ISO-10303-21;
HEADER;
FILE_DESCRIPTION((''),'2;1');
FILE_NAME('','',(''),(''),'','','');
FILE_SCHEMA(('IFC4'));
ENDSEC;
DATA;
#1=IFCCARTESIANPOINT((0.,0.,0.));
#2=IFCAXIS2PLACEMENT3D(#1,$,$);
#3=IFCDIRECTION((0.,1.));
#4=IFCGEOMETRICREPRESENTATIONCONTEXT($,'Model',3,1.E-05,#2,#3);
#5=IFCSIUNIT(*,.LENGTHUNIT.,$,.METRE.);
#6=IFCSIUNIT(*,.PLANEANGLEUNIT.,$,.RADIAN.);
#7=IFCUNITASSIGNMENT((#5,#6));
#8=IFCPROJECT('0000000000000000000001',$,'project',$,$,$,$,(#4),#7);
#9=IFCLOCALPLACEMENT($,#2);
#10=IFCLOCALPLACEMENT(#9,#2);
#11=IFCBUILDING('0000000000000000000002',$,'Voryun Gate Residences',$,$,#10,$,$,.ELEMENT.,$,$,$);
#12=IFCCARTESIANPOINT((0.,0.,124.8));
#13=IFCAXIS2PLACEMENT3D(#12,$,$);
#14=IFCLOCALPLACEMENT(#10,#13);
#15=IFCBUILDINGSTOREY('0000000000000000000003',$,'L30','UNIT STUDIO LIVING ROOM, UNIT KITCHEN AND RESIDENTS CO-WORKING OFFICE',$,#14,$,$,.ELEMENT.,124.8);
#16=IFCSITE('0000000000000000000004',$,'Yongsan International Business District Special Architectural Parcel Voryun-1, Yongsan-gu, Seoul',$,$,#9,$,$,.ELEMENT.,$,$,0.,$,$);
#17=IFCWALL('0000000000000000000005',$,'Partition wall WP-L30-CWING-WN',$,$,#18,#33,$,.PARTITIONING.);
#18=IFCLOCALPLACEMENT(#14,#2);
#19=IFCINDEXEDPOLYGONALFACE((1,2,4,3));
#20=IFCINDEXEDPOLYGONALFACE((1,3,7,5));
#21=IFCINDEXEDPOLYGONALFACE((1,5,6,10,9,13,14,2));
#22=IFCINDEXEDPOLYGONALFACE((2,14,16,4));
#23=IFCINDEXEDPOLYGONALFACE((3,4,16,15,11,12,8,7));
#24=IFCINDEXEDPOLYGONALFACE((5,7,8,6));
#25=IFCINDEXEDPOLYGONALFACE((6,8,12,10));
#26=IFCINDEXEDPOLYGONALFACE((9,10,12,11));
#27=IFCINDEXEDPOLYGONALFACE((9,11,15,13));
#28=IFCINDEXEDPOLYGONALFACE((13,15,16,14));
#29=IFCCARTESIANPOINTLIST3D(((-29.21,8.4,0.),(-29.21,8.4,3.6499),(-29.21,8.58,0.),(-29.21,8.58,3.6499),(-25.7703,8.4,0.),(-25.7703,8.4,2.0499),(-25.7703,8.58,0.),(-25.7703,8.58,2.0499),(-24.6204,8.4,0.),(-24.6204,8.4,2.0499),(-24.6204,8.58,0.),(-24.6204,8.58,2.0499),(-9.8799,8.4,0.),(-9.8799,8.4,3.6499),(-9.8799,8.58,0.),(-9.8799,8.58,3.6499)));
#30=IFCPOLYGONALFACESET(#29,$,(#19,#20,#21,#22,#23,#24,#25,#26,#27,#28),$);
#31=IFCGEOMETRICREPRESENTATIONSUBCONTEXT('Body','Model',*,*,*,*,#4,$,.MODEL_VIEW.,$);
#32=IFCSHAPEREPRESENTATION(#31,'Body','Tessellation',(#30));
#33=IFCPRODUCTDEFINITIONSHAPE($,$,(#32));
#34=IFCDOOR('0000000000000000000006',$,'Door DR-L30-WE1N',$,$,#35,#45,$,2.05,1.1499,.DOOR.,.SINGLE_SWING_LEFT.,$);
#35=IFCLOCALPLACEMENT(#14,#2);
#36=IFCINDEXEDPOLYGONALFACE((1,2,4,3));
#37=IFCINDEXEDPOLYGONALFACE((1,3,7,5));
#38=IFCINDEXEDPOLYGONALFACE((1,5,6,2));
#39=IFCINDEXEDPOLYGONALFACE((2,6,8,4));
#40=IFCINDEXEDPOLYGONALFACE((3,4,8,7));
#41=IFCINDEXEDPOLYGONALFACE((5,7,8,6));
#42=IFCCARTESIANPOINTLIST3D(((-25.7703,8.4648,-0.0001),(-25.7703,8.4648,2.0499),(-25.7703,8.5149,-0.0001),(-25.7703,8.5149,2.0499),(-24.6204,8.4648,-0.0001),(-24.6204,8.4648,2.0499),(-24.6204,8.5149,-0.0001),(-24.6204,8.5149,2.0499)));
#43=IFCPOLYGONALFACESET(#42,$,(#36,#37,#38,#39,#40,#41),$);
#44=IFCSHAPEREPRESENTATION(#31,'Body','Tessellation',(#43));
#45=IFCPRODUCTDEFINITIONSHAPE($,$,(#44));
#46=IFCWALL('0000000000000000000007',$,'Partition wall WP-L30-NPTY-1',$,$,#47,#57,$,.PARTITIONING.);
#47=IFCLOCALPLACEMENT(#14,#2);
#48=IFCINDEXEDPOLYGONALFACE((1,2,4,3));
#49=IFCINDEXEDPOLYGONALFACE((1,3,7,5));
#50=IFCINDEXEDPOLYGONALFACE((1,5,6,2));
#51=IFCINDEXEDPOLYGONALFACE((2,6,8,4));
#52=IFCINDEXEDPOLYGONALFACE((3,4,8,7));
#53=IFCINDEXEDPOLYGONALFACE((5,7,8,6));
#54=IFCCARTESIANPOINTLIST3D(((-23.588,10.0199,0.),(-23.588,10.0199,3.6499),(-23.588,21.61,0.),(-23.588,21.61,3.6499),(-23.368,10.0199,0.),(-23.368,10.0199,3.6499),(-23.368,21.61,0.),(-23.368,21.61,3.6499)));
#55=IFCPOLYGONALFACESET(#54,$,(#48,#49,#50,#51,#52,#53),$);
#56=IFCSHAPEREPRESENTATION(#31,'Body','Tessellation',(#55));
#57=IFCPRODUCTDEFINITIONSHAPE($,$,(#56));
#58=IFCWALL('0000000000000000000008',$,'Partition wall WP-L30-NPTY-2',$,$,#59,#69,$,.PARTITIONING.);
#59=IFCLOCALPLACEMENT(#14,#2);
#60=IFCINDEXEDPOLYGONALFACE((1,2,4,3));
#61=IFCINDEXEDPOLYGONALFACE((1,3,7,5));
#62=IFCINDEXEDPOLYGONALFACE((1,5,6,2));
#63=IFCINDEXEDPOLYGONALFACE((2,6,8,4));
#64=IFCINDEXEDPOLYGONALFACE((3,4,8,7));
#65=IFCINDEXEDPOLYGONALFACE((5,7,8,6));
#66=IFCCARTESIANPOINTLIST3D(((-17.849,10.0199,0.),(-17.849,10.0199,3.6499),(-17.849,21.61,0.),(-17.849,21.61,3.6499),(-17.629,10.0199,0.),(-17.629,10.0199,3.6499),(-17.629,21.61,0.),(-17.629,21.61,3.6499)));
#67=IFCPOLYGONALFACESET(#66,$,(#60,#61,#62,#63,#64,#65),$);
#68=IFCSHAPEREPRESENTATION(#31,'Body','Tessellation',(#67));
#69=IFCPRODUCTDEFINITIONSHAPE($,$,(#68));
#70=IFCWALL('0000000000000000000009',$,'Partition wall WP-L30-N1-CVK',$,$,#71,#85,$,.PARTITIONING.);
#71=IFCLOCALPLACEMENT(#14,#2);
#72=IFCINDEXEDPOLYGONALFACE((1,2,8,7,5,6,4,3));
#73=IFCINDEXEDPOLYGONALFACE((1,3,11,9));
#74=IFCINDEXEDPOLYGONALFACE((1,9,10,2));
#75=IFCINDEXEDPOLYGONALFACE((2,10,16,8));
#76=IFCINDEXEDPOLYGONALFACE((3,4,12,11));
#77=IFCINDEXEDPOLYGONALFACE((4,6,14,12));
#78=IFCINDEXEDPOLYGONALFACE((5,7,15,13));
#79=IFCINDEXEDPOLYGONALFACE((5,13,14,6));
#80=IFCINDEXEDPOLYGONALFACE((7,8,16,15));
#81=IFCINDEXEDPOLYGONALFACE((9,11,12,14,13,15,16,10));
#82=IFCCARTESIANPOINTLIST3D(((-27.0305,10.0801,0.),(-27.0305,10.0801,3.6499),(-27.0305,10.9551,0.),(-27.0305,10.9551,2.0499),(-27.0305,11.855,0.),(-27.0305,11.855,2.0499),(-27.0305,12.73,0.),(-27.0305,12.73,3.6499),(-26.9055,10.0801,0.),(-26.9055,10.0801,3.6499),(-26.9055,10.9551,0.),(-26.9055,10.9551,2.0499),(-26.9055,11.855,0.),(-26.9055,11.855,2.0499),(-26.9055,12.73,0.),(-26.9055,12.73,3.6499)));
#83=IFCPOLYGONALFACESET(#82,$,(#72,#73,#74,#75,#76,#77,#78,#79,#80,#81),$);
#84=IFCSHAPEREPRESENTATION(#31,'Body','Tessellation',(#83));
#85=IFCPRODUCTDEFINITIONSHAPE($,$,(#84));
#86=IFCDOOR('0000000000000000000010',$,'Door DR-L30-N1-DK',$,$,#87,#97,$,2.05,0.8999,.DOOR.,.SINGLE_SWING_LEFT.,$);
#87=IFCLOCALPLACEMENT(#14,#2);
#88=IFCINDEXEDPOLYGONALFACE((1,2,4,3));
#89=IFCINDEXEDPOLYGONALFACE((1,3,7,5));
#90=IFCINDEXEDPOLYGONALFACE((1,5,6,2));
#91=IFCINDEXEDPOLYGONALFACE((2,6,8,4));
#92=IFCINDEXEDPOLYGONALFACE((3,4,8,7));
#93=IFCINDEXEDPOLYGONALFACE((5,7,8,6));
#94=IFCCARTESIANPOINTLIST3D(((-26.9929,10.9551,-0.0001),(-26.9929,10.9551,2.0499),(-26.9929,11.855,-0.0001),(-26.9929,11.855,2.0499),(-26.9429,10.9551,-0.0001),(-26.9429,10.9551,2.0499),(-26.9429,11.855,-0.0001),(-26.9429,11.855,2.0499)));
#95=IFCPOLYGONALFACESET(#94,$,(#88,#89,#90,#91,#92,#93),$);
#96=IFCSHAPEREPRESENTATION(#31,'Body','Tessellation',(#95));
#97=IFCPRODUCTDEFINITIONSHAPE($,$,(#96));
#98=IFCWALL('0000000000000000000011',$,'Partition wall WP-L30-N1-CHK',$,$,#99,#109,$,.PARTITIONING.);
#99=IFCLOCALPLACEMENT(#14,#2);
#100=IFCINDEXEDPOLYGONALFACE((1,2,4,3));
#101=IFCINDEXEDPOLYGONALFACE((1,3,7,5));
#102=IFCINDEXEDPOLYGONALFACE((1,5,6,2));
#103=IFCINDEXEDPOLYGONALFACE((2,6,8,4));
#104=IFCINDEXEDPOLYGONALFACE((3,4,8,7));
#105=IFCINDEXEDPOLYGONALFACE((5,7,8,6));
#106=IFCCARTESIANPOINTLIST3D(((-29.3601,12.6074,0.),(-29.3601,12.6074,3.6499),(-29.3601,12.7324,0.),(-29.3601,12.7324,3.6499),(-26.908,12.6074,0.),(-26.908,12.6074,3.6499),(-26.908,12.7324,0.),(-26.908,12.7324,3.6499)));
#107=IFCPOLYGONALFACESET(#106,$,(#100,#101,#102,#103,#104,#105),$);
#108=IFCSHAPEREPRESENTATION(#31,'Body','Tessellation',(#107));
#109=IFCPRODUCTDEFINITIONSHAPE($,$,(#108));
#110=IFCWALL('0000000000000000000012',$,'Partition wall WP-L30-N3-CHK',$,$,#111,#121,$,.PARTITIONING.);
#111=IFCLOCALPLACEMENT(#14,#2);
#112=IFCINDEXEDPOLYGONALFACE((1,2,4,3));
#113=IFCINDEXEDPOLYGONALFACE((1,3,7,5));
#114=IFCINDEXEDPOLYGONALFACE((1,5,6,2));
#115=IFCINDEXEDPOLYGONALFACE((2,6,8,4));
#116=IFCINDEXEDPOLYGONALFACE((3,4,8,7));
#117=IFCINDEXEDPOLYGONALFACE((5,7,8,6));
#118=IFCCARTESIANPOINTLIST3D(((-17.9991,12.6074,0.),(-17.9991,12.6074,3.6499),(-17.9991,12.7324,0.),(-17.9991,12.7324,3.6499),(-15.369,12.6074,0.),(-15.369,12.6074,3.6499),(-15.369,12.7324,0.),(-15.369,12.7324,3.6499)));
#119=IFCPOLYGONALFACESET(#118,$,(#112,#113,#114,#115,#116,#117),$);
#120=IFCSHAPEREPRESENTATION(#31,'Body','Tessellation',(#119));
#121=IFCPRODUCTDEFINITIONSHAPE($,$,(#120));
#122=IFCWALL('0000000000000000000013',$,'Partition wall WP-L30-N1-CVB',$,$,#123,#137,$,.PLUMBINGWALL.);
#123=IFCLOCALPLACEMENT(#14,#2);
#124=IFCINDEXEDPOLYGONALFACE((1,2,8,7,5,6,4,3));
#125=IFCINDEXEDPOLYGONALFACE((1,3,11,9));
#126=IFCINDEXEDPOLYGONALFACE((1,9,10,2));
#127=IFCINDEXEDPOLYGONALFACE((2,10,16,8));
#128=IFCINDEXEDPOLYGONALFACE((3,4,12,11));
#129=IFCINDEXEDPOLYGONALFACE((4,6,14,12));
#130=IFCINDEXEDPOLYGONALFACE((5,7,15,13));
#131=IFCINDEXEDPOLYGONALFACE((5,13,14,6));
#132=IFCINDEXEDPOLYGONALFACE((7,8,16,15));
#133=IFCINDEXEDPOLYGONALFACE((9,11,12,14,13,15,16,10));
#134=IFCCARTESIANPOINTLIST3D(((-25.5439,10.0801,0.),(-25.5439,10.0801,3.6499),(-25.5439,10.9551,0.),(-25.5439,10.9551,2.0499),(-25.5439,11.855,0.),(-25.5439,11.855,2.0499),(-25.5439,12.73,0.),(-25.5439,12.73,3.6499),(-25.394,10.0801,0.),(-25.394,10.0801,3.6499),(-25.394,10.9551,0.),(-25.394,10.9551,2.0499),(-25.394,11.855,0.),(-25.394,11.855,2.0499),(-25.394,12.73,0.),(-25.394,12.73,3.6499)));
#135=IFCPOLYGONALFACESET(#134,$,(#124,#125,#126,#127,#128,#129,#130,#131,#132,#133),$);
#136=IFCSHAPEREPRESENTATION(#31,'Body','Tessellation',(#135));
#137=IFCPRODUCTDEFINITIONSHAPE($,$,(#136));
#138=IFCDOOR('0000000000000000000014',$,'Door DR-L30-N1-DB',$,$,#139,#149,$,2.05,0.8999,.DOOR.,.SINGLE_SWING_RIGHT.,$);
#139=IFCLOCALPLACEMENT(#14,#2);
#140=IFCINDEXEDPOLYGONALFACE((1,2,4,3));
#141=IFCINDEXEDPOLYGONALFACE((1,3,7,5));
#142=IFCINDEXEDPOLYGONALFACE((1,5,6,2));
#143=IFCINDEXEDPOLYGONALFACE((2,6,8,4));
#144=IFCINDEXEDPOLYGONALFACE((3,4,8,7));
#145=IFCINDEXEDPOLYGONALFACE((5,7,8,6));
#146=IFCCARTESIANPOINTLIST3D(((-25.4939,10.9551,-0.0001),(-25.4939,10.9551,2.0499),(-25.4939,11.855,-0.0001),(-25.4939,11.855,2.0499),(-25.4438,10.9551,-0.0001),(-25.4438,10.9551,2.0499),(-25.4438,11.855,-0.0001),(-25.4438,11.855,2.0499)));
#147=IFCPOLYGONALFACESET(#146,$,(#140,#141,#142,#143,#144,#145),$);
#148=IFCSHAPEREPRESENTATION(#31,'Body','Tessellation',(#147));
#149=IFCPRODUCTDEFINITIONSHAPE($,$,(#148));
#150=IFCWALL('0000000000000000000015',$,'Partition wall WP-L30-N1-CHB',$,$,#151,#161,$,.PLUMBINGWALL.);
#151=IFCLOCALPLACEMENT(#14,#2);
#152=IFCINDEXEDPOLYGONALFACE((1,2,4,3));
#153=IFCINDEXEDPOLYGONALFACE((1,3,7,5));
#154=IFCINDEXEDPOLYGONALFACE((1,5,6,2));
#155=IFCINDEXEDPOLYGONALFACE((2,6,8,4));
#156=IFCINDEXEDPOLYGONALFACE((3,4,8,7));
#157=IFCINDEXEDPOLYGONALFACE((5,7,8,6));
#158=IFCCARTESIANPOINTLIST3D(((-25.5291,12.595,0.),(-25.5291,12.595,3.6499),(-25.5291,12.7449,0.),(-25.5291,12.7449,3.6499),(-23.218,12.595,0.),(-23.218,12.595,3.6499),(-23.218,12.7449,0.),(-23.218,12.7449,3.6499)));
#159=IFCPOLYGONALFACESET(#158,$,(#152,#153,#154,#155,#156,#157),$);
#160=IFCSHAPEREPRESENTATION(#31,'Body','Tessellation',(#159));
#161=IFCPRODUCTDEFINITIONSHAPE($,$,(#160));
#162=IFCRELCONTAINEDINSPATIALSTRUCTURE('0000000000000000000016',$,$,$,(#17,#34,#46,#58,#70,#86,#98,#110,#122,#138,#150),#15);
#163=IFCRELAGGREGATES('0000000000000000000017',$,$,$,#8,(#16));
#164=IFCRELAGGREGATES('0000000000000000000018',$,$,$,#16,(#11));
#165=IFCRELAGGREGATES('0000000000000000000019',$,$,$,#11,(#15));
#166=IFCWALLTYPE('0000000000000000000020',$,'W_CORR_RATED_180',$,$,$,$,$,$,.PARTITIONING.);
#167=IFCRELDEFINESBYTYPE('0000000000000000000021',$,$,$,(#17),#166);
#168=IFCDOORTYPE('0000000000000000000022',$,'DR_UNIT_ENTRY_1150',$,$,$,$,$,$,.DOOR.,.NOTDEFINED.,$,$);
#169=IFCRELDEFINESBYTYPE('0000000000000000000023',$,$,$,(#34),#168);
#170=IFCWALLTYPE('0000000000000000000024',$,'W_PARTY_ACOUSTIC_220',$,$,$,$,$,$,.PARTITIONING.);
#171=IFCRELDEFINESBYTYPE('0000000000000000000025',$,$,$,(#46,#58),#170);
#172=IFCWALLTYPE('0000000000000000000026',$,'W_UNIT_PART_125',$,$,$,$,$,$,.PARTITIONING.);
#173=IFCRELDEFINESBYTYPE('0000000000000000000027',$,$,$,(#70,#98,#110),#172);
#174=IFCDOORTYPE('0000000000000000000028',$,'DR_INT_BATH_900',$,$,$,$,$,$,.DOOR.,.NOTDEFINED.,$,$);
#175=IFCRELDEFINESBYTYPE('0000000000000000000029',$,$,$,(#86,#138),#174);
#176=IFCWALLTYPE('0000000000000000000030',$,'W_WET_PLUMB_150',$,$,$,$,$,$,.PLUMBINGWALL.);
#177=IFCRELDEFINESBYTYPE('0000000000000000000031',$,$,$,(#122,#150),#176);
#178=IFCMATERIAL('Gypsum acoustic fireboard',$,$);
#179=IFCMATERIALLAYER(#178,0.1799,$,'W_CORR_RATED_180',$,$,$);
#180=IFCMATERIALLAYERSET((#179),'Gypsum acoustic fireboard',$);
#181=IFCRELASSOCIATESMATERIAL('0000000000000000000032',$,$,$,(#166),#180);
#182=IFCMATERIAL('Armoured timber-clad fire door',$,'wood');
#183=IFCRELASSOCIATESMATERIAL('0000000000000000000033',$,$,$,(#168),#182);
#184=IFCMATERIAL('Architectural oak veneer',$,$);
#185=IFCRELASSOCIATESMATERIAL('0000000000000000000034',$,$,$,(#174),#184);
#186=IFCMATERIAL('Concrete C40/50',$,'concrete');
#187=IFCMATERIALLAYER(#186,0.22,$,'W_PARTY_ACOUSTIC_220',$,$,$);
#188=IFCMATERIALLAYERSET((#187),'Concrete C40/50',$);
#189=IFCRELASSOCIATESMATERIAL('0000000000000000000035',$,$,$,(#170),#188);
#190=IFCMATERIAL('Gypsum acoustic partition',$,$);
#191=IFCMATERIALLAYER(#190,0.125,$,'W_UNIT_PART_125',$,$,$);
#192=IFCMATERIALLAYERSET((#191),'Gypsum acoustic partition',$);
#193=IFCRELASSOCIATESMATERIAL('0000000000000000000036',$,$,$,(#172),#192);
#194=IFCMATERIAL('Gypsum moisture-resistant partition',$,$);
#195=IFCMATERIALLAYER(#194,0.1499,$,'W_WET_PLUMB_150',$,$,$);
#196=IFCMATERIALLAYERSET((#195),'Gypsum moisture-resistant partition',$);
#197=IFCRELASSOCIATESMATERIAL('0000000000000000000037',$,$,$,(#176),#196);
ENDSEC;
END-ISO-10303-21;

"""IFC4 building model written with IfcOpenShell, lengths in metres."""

from ifc_helpers import new_model, si_unit, direction, frame, frame_2d, origin, place, context, subcontext, project, spatial, rectangle, extrude, material, layer, layer_set, type_object, element, fill, save


model = new_model("IFC4")

# Units and contexts
model_context = context("Model", 3, precision=1e-05, world=origin(), true_north=direction((0.0, 1.0)))
body_context = subcontext(model_context, "Body", "Model", "MODEL_VIEW")
ifc_project = project(units=[si_unit("LENGTHUNIT", "METRE"), si_unit("PLANEANGLEUNIT", "RADIAN")], contexts=[model_context])

# Site, building, storey
site_placement = place(None, origin())
site = spatial("IfcSite", under=ifc_project, at=site_placement, Name="Yongsan International Business District Special Architectural Parcel Voryun-1, Yongsan-gu, Seoul", CompositionType="ELEMENT", RefElevation=0.0)
building_placement = place(site_placement, origin())
building = spatial("IfcBuilding", under=site, at=building_placement, Name="Voryun Gate Residences", CompositionType="ELEMENT")
storey_placement = place(building_placement, frame((0.0, 0.0, 124.8)))
storey = spatial("IfcBuildingStorey", under=building, at=storey_placement, Name="L30", Description="UNIT STUDIO LIVING ROOM, UNIT KITCHEN AND RESIDENTS CO-WORKING OFFICE", CompositionType="ELEMENT", Elevation=124.8)

# Wall, opening, door
ifc_material_1 = material(Name="Gypsum acoustic fireboard")
ifc_layer_1 = layer(ifc_material_1, 0.1799, Name="W_CORR_RATED_180")
ifc_layer_set_1 = layer_set([ifc_layer_1], Name="Gypsum acoustic fireboard")
wall_type_1 = type_object("IfcWallType", Name="W_CORR_RATED_180", PredefinedType="PARTITIONING", material=ifc_layer_set_1)
wall_1_placement = place(storey_placement, frame((-29.21, 8.49, 0.0), z_axis=(0.0, 0.0, 1.0), x_axis=(1.0, 0.0, 0.0)))
wall_1 = element("IfcWall", 1, at=wall_1_placement, inside=storey, type_object=wall_type_1, Name="Partition wall WP-L30-CWING-WN", PredefinedType="PARTITIONING", context=body_context, shape_type="SweptSolid", body=[
    extrude(rectangle(XDim=19.3301, YDim=0.1799, at=frame_2d((9.665, 0.0))), origin(), (0.0, 0.0, 1.0), 3.6499),
])
opening_1_placement = place(wall_1_placement, frame((3.4397, 0.0, 0.0)))
opening_1 = element("IfcOpeningElement", 2, at=opening_1_placement, cuts=wall_1, PredefinedType="OPENING", context=body_context, shape_type="SweptSolid", body=[
    extrude(rectangle(XDim=1.1499, YDim=2.05, at=frame_2d((0.575, 1.0249))), frame((0.0, 0.0999, 0.0), z_axis=(0.0, -1.0, 0.0), x_axis=(1.0, 0.0, 0.0)), (0.0, 0.0, 1.0), 0.2),
])
ifc_material_2 = material(Name="Armoured timber-clad fire door", Category="wood")
door_type_1 = type_object("IfcDoorType", Name="DR_UNIT_ENTRY_1150", OperationType="NOTDEFINED", PredefinedType="DOOR", material=ifc_material_2)
door_1_placement = place(opening_1_placement, origin())
door_1 = element("IfcDoor", 3, at=door_1_placement, inside=storey, type_object=door_type_1, Name="Door DR-L30-WE1N", OperationType="SINGLE_SWING_LEFT", OverallHeight=2.05, OverallWidth=1.1499, PredefinedType="DOOR", context=body_context, shape_type="SweptSolid", body=[
    extrude(rectangle(XDim=1.1499, YDim=2.05, at=frame_2d((0.575, 1.0249))), frame((0.0, 0.0249, 0.0), z_axis=(0.0, -1.0, 0.0), x_axis=(1.0, 0.0, 0.0)), (0.0, 0.0, 1.0), 0.05),
])
fill(opening_1, door_1)

# Shared definitions
ifc_material_3 = material(Name="Architectural oak veneer")
door_type_2 = type_object("IfcDoorType", Name="DR_INT_BATH_900", OperationType="NOTDEFINED", PredefinedType="DOOR", material=ifc_material_3)

# Walls
ifc_material_4 = material(Name="Concrete C40/50", Category="concrete")
ifc_layer_2 = layer(ifc_material_4, 0.22, Name="W_PARTY_ACOUSTIC_220")
ifc_layer_set_2 = layer_set([ifc_layer_2], Name="Concrete C40/50")
wall_type_2 = type_object("IfcWallType", Name="W_PARTY_ACOUSTIC_220", PredefinedType="PARTITIONING", material=ifc_layer_set_2)
for number, where, z_axis, x_axis, name in (
    (4, (-23.478, 10.02, 0.0), (0.0, 0.0, 1.0), (0.0, 1.0, 0.0), "Partition wall WP-L30-NPTY-1"),
    (5, (-17.739, 10.02, 0.0), (0.0, 0.0, 1.0), (0.0, 1.0, 0.0), "Partition wall WP-L30-NPTY-2"),
):
    element("IfcWall", number, at=place(storey_placement, frame(where, z_axis=z_axis, x_axis=x_axis)), inside=storey, type_object=wall_type_2, Name=name, PredefinedType="PARTITIONING", context=body_context, shape_type="SweptSolid", body=[
        extrude(rectangle(XDim=11.5901, YDim=0.22, at=frame_2d((5.7949, 0.0))), origin(), (0.0, 0.0, 1.0), 3.6499),
    ])

# Wall, opening, door
ifc_material_5 = material(Name="Gypsum acoustic partition")
ifc_layer_3 = layer(ifc_material_5, 0.125, Name="W_UNIT_PART_125")
ifc_layer_set_3 = layer_set([ifc_layer_3], Name="Gypsum acoustic partition")
wall_type_3 = type_object("IfcWallType", Name="W_UNIT_PART_125", PredefinedType="PARTITIONING", material=ifc_layer_set_3)
wall_2_placement = place(storey_placement, frame((-26.968, 10.0801, 0.0), z_axis=(0.0, 0.0, 1.0), x_axis=(0.0, 1.0, 0.0)))
wall_2 = element("IfcWall", 6, at=wall_2_placement, inside=storey, type_object=wall_type_3, Name="Partition wall WP-L30-N1-CVK", PredefinedType="PARTITIONING", context=body_context, shape_type="SweptSolid", body=[
    extrude(rectangle(XDim=2.6499, YDim=0.125, at=frame_2d((1.325, 0.0))), origin(), (0.0, 0.0, 1.0), 3.6499),
])
opening_2_placement = place(wall_2_placement, frame((0.875, 0.0, 0.0)))
opening_2 = element("IfcOpeningElement", 7, at=opening_2_placement, cuts=wall_2, PredefinedType="OPENING", context=body_context, shape_type="SweptSolid", body=[
    extrude(rectangle(XDim=0.8999, YDim=2.05, at=frame_2d((0.45, 1.0249))), frame((0.0, 0.0725, 0.0), z_axis=(0.0, -1.0, 0.0), x_axis=(1.0, 0.0, 0.0)), (0.0, 0.0, 1.0), 0.145),
])
door_2_placement = place(opening_2_placement, origin())
door_2 = element("IfcDoor", 8, at=door_2_placement, inside=storey, type_object=door_type_2, Name="Door DR-L30-N1-DK", OperationType="SINGLE_SWING_LEFT", OverallHeight=2.05, OverallWidth=0.8999, PredefinedType="DOOR", context=body_context, shape_type="SweptSolid", body=[
    extrude(rectangle(XDim=0.8999, YDim=2.05, at=frame_2d((0.45, 1.0249))), frame((0.0, 0.0249, 0.0), z_axis=(0.0, -1.0, 0.0), x_axis=(1.0, 0.0, 0.0)), (0.0, 0.0, 1.0), 0.05),
])
fill(opening_2, door_2)

# Walls
wall_3_placement = place(storey_placement, frame((-29.3601, 12.6699, 0.0), z_axis=(0.0, 0.0, 1.0), x_axis=(1.0, 0.0, 0.0)))
element("IfcWall", 9, at=wall_3_placement, inside=storey, type_object=wall_type_3, Name="Partition wall WP-L30-N1-CHK", PredefinedType="PARTITIONING", context=body_context, shape_type="SweptSolid", body=[
    extrude(rectangle(XDim=2.4521, YDim=0.125, at=frame_2d((1.2261, 0.0))), origin(), (0.0, 0.0, 1.0), 3.6499),
])
wall_4_placement = place(storey_placement, frame((-17.999, 12.6699, 0.0), z_axis=(0.0, 0.0, 1.0), x_axis=(1.0, 0.0, 0.0)))
element("IfcWall", 10, at=wall_4_placement, inside=storey, type_object=wall_type_3, Name="Partition wall WP-L30-N3-CHK", PredefinedType="PARTITIONING", context=body_context, shape_type="SweptSolid", body=[
    extrude(rectangle(XDim=2.6301, YDim=0.125, at=frame_2d((1.3149, 0.0))), origin(), (0.0, 0.0, 1.0), 3.6499),
])

# Wall, opening, door
ifc_material_6 = material(Name="Gypsum moisture-resistant partition")
ifc_layer_4 = layer(ifc_material_6, 0.1499, Name="W_WET_PLUMB_150")
ifc_layer_set_4 = layer_set([ifc_layer_4], Name="Gypsum moisture-resistant partition")
wall_type_4 = type_object("IfcWallType", Name="W_WET_PLUMB_150", PredefinedType="PLUMBINGWALL", material=ifc_layer_set_4)
wall_5_placement = place(storey_placement, frame((-25.469, 10.0801, 0.0), z_axis=(0.0, 0.0, 1.0), x_axis=(0.0, 1.0, 0.0)))
wall_5 = element("IfcWall", 11, at=wall_5_placement, inside=storey, type_object=wall_type_4, Name="Partition wall WP-L30-N1-CVB", PredefinedType="PLUMBINGWALL", context=body_context, shape_type="SweptSolid", body=[
    extrude(rectangle(XDim=2.6499, YDim=0.1499, at=frame_2d((1.325, 0.0))), origin(), (0.0, 0.0, 1.0), 3.6499),
])
opening_3_placement = place(wall_5_placement, frame((0.875, 0.0, 0.0)))
opening_3 = element("IfcOpeningElement", 12, at=opening_3_placement, cuts=wall_5, PredefinedType="OPENING", context=body_context, shape_type="SweptSolid", body=[
    extrude(rectangle(XDim=0.8999, YDim=2.05, at=frame_2d((0.45, 1.0249))), frame((0.0, 0.085, 0.0), z_axis=(0.0, -1.0, 0.0), x_axis=(1.0, 0.0, 0.0)), (0.0, 0.0, 1.0), 0.1699),
])
door_3_placement = place(opening_3_placement, origin())
door_3 = element("IfcDoor", 13, at=door_3_placement, inside=storey, type_object=door_type_2, Name="Door DR-L30-N1-DB", OperationType="SINGLE_SWING_RIGHT", OverallHeight=2.05, OverallWidth=0.8999, PredefinedType="DOOR", context=body_context, shape_type="SweptSolid", body=[
    extrude(rectangle(XDim=0.8999, YDim=2.05, at=frame_2d((0.45, 1.0249))), frame((0.0, 0.0249, 0.0), z_axis=(0.0, -1.0, 0.0), x_axis=(1.0, 0.0, 0.0)), (0.0, 0.0, 1.0), 0.05),
])
fill(opening_3, door_3)

# Wall
wall_6_placement = place(storey_placement, frame((-25.5291, 12.6699, 0.0), z_axis=(0.0, 0.0, 1.0), x_axis=(1.0, 0.0, 0.0)))
element("IfcWall", 14, at=wall_6_placement, inside=storey, type_object=wall_type_4, Name="Partition wall WP-L30-N1-CHB", PredefinedType="PLUMBINGWALL", context=body_context, shape_type="SweptSolid", body=[
    extrude(rectangle(XDim=2.311, YDim=0.1499, at=frame_2d((1.1555, 0.0))), origin(), (0.0, 0.0, 1.0), 3.6499),
])

save(model, "model.ifc")
